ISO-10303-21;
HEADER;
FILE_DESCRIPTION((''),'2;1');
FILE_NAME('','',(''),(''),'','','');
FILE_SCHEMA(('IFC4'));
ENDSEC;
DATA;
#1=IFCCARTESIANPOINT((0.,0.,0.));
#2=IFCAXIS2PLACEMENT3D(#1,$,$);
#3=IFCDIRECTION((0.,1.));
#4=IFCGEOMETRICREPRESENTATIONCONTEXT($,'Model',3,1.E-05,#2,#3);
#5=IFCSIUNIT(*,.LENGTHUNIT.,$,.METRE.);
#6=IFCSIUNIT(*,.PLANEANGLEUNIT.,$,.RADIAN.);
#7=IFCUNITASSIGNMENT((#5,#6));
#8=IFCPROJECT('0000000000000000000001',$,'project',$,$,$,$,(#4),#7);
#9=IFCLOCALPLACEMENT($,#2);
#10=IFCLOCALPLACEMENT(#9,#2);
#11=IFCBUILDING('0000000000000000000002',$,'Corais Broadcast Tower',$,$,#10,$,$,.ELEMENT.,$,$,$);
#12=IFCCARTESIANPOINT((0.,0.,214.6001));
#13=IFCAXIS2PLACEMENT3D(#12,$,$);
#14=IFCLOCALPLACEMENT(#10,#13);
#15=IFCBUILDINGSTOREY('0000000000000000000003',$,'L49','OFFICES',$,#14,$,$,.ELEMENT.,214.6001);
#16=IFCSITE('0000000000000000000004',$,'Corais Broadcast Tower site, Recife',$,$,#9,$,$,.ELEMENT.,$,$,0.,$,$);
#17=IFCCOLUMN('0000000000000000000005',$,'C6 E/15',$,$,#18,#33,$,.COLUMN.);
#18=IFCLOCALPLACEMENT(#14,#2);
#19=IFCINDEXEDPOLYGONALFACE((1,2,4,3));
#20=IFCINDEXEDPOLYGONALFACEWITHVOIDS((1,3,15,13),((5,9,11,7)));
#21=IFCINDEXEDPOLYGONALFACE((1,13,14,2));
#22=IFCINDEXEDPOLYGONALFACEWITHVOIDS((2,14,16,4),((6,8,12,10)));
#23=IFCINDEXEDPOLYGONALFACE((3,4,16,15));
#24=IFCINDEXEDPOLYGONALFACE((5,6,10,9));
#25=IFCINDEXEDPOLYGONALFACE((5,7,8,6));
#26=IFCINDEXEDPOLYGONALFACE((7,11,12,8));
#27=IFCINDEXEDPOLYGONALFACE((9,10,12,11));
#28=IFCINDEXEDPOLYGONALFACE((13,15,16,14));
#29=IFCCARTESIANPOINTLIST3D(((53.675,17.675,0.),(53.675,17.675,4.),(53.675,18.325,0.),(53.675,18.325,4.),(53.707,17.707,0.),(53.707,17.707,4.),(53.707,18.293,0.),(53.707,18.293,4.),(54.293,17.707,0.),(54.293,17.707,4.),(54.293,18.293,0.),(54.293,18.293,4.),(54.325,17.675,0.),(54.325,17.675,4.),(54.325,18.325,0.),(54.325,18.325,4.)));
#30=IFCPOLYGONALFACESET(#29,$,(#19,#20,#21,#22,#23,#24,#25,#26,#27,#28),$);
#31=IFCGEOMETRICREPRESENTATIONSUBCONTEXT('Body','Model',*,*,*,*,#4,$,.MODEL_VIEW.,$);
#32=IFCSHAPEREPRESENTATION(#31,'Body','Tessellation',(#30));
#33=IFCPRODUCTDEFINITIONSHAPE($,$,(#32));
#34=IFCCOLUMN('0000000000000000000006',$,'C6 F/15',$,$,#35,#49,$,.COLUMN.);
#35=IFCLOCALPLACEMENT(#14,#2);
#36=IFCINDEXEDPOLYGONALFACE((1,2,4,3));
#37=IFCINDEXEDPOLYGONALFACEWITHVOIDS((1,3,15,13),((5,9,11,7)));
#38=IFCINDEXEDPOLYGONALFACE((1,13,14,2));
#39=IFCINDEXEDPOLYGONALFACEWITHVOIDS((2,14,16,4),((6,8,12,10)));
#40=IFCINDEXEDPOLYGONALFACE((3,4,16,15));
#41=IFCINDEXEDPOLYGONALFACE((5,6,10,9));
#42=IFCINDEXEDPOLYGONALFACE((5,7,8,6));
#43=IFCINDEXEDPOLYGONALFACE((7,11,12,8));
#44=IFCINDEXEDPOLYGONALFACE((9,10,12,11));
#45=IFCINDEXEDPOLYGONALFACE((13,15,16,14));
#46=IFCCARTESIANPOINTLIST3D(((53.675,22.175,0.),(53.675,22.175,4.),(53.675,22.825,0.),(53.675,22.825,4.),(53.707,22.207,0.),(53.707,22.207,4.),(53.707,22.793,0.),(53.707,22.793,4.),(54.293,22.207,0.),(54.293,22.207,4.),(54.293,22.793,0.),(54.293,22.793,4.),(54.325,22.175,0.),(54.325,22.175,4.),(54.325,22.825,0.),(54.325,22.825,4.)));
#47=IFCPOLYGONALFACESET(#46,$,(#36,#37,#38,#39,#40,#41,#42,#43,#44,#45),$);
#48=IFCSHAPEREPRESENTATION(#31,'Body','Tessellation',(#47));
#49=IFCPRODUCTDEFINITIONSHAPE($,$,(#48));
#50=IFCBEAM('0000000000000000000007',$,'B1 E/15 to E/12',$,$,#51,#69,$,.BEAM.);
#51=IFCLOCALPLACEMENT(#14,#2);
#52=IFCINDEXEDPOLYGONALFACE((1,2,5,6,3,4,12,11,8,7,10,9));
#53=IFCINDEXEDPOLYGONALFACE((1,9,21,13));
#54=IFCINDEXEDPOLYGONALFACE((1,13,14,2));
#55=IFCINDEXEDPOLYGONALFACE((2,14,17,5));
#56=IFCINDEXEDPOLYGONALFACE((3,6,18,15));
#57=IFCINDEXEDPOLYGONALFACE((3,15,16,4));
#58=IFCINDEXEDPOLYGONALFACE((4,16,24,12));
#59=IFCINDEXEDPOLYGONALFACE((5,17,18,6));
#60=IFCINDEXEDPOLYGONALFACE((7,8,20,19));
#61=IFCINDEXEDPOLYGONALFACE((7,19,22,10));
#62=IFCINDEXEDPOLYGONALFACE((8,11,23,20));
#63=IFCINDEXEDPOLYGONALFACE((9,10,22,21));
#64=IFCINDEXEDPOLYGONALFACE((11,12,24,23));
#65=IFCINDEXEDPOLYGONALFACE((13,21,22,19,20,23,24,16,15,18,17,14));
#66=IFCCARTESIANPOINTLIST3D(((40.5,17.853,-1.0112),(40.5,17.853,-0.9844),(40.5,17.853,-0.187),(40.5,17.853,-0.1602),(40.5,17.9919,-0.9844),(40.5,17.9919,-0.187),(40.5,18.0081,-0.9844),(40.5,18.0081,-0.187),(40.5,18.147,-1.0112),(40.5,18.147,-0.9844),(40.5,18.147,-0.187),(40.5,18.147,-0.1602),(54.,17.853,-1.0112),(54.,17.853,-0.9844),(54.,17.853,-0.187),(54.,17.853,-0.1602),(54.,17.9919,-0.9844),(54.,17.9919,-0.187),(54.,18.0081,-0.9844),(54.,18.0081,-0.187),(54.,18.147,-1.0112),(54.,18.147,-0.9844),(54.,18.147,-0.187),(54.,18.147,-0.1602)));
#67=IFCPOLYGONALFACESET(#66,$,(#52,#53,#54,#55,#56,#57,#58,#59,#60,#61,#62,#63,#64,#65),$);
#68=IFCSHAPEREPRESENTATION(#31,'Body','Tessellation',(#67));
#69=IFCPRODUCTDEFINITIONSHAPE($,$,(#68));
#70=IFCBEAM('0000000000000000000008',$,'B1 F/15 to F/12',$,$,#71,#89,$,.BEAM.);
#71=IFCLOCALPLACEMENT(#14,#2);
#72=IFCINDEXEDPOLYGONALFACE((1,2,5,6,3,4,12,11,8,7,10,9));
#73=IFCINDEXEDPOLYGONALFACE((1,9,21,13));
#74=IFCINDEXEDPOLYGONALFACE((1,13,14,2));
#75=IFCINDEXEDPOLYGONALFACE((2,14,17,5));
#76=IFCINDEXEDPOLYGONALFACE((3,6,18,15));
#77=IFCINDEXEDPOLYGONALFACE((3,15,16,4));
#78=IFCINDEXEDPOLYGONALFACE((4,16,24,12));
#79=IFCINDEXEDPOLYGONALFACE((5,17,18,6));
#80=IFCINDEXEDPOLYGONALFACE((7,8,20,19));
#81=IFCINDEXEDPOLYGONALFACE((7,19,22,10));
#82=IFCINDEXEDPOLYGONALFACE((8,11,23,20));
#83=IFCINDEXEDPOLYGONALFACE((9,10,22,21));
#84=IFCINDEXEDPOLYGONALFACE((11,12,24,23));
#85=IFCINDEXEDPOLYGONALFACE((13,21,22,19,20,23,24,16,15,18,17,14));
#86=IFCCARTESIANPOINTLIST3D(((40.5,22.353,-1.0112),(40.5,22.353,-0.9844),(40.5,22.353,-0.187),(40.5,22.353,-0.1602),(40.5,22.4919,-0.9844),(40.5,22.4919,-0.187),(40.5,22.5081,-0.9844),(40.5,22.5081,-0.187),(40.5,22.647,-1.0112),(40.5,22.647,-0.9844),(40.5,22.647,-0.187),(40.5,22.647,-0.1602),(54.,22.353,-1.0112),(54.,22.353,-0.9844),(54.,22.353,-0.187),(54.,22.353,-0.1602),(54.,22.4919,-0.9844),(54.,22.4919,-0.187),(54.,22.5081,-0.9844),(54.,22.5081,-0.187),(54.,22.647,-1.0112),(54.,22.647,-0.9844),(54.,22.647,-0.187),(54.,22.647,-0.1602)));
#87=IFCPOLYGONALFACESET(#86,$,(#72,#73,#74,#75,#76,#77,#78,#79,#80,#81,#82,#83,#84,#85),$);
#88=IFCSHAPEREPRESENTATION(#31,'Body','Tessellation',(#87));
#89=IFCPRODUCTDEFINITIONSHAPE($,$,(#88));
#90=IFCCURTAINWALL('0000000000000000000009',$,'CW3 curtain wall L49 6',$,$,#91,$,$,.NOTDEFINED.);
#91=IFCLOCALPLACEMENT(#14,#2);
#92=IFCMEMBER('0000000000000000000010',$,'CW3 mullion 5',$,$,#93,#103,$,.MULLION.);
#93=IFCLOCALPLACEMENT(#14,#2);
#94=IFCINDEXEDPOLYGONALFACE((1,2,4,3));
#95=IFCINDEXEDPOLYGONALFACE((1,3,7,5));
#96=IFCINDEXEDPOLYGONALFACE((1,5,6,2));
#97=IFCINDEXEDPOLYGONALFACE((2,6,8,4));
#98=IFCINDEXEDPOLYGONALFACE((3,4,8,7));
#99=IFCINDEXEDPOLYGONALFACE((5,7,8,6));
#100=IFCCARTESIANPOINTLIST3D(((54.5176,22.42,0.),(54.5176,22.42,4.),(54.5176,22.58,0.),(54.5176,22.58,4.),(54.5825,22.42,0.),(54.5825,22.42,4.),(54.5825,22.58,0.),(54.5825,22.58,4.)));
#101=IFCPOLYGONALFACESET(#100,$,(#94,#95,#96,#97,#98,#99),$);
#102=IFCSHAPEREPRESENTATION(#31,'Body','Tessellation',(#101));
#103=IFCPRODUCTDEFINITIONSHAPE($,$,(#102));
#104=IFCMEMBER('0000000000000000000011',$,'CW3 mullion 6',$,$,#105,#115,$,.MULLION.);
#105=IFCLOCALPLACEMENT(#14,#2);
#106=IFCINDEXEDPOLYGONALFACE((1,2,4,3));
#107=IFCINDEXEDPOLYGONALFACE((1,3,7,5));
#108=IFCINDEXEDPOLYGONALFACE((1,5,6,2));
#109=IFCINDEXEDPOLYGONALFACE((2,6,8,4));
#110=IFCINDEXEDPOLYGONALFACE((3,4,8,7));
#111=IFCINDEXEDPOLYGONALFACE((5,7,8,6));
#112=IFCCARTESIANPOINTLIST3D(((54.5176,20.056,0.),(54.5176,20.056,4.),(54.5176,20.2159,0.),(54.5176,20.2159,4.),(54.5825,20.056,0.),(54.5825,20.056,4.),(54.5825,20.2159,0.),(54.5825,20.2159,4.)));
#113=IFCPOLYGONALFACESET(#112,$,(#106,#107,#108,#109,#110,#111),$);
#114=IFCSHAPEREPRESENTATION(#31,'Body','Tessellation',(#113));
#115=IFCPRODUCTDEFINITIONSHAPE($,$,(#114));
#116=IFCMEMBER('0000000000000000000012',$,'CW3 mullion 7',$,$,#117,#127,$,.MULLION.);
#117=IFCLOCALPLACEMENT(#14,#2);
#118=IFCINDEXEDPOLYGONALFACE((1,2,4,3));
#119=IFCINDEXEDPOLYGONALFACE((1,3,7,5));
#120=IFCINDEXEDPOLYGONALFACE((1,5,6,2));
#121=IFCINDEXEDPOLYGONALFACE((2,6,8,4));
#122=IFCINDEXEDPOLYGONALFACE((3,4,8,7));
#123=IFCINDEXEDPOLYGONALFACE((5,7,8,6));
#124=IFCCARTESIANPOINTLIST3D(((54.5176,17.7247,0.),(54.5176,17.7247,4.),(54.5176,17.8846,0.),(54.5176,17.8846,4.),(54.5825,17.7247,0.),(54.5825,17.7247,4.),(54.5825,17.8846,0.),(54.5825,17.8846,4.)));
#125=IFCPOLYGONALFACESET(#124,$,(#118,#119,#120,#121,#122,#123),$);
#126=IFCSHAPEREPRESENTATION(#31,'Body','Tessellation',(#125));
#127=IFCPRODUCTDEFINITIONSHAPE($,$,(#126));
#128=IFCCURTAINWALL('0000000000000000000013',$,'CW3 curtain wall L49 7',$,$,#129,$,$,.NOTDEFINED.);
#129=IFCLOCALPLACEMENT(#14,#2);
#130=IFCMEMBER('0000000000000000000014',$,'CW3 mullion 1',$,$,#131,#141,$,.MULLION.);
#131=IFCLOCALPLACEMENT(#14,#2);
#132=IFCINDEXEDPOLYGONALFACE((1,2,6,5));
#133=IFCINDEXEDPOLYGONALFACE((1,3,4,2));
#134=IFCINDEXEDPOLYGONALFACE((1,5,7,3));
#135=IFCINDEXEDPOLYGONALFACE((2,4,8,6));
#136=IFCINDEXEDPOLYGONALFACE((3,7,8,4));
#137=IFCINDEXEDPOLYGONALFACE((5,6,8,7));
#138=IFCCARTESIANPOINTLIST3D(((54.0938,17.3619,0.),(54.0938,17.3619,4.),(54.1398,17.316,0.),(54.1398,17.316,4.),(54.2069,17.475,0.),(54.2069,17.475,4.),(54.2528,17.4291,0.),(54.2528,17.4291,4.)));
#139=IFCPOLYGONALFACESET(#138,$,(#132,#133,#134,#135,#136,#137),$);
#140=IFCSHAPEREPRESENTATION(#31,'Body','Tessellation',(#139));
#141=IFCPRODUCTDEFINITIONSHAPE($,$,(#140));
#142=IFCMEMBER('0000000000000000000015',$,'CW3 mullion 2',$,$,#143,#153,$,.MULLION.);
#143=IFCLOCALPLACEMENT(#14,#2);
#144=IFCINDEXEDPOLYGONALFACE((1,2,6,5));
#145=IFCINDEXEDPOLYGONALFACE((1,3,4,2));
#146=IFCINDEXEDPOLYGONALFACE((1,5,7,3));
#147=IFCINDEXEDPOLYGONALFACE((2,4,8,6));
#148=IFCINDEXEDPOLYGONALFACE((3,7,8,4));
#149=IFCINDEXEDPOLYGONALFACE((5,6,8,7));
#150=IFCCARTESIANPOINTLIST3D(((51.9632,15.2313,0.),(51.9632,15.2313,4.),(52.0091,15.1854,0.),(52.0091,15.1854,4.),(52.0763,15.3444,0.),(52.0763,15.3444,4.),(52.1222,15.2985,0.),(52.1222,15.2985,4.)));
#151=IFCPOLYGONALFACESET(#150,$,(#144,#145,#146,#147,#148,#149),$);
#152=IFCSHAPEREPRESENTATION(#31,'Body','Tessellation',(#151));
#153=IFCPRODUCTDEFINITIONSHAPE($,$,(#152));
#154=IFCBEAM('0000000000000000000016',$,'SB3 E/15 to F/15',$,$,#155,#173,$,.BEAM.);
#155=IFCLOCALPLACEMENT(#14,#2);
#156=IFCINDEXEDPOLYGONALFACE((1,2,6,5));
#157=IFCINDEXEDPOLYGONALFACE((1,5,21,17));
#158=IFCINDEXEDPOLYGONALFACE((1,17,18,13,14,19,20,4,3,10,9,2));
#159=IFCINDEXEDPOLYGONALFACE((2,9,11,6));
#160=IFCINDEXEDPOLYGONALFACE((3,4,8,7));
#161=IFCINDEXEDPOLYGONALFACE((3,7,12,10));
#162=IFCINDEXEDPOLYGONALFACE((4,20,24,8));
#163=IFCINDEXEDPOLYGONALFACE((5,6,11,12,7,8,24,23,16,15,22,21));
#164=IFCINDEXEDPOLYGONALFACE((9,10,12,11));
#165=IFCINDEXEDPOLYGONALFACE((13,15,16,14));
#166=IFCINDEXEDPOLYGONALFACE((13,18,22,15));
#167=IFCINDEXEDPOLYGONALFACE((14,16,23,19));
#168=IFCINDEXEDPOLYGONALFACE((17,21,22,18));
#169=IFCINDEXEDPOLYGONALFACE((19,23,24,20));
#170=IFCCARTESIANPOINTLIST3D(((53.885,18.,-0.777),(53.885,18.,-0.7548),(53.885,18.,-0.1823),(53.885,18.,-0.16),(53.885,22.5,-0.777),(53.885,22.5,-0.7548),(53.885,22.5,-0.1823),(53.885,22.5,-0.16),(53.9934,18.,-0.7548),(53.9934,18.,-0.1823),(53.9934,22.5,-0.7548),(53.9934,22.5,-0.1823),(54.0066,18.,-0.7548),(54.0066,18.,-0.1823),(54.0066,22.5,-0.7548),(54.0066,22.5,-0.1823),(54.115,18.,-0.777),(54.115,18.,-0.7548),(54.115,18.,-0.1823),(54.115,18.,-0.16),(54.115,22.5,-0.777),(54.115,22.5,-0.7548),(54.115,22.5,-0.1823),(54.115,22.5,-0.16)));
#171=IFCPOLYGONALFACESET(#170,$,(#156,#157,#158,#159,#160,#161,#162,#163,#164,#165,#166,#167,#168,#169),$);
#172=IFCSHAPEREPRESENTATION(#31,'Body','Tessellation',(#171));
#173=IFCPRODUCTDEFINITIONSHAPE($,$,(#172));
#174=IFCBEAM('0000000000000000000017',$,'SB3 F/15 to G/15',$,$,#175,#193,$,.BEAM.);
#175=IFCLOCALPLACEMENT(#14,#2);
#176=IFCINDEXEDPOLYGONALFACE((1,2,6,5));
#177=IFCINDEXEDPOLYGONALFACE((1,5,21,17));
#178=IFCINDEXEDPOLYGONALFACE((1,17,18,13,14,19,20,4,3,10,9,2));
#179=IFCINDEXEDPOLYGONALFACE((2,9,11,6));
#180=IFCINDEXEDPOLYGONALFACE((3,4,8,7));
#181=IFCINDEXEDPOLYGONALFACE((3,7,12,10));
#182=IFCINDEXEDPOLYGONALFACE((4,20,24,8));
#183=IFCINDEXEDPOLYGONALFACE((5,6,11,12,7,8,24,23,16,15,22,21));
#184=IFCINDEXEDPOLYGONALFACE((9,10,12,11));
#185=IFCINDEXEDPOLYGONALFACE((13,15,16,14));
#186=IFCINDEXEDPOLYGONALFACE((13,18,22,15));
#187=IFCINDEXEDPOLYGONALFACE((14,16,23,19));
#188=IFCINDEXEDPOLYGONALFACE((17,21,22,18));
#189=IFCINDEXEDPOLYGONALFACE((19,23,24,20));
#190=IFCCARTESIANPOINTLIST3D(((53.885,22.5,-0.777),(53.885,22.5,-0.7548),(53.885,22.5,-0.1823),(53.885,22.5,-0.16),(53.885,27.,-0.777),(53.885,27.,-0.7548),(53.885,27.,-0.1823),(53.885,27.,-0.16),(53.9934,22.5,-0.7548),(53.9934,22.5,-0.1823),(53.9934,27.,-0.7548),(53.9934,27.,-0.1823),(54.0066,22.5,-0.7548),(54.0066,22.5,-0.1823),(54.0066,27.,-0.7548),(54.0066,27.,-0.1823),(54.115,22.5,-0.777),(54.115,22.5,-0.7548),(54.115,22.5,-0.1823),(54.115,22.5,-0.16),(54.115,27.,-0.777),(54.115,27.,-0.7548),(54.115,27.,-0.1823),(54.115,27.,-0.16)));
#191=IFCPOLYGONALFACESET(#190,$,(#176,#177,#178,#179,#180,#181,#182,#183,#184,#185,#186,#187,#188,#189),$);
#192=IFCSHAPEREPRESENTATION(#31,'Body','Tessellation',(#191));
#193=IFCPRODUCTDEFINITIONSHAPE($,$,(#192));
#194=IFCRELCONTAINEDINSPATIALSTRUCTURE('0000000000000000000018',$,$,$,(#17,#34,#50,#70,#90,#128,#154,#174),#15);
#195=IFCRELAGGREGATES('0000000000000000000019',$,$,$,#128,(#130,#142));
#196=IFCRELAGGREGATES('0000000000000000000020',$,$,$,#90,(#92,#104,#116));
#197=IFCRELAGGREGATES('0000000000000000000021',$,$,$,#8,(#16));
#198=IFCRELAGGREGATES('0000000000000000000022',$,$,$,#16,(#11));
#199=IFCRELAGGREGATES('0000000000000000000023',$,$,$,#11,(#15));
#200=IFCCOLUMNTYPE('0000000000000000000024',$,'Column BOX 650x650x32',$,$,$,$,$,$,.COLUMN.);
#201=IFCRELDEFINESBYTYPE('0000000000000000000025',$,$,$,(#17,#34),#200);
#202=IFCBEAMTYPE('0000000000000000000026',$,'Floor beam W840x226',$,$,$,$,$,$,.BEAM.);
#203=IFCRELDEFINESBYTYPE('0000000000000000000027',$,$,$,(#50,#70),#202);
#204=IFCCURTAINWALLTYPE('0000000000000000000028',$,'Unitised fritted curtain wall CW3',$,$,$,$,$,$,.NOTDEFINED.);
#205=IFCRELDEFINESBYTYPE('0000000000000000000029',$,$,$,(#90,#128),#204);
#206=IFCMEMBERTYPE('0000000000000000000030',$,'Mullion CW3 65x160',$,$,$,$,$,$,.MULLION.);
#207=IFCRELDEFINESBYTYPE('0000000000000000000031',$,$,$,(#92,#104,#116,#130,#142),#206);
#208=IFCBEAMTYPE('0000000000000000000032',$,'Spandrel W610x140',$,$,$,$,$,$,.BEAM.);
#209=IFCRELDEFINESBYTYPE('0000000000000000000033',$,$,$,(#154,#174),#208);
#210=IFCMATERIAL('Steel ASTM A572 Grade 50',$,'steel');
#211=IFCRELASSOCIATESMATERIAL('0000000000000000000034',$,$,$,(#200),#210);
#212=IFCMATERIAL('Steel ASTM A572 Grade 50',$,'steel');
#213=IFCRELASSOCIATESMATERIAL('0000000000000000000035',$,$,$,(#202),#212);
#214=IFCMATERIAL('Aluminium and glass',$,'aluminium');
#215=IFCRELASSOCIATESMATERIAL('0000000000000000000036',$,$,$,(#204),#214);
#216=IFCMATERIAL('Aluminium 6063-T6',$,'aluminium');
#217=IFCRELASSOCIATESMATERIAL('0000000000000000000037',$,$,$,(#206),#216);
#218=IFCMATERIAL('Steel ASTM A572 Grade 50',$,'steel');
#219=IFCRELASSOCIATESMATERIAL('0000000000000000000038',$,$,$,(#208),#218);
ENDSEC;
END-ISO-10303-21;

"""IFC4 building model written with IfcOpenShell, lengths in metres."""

from ifc_helpers import new_model, si_unit, direction, frame, origin, origin_2d, place, context, subcontext, project, spatial, rectangle, hollow_rectangle, i_section, extrude, material, material_profile, profile_set, type_object, element, aggregate, save


model = new_model("IFC4")

# Units and contexts
model_context = context("Model", 3, precision=1e-05, world=origin(), true_north=direction((0.0, 1.0)))
body_context = subcontext(model_context, "Body", "Model", "MODEL_VIEW")
ifc_project = project(units=[si_unit("LENGTHUNIT", "METRE"), si_unit("PLANEANGLEUNIT", "RADIAN")], contexts=[model_context])

# Site, building, storey
site_placement = place(None, origin())
site = spatial("IfcSite", under=ifc_project, at=site_placement, Name="Corais Broadcast Tower site, Recife", CompositionType="ELEMENT", RefElevation=0.0)
building_placement = place(site_placement, origin())
building = spatial("IfcBuilding", under=site, at=building_placement, Name="Corais Broadcast Tower", CompositionType="ELEMENT")
storey_placement = place(building_placement, frame((0.0, 0.0, 214.6001)))
storey = spatial("IfcBuildingStorey", under=building, at=storey_placement, Name="L49", Description="OFFICES", CompositionType="ELEMENT", Elevation=214.6001)

# Columns
ifc_material_1 = material(Name="Steel ASTM A572 Grade 50", Category="steel")
ifc_material_profile_1 = material_profile(ifc_material_1, hollow_rectangle(XDim=0.6499, YDim=0.6499, WallThickness=0.032, at=origin_2d()), Name="BOX 650x650x32")
ifc_profile_set_1 = profile_set([ifc_material_profile_1], Name="Steel ASTM A572 Grade 50")
column_type = type_object("IfcColumnType", Name="Column BOX 650x650x32", PredefinedType="COLUMN", material=ifc_profile_set_1)
for number, where, z_axis, x_axis, name in (
    (1, (54.0, 18.0, 0.0), (0.0, 0.0, 1.0), (1.0, 0.0, 0.0), "C6 E/15"),
    (2, (54.0, 22.5, 0.0), (0.0, 0.0, 1.0), (1.0, 0.0, 0.0), "C6 F/15"),
):
    element("IfcColumn", number, at=place(storey_placement, frame(where, z_axis=z_axis, x_axis=x_axis)), inside=storey, type_object=column_type, Name=name, PredefinedType="COLUMN", context=body_context, shape_type="SweptSolid", body=[
        extrude(hollow_rectangle(XDim=0.6499, YDim=0.6499, WallThickness=0.032, at=origin_2d()), origin(), (0.0, 0.0, 1.0), 4.0),
    ])

# Beams
ifc_material_2 = material(Name="Steel ASTM A572 Grade 50", Category="steel")
ifc_material_profile_2 = material_profile(ifc_material_2, i_section(OverallWidth=0.2939, OverallDepth=0.8511, WebThickness=0.0161, FlangeThickness=0.0269, at=origin_2d()), Name="W840x226")
ifc_profile_set_2 = profile_set([ifc_material_profile_2], Name="Steel ASTM A572 Grade 50")
beam_type_1 = type_object("IfcBeamType", Name="Floor beam W840x226", PredefinedType="BEAM", material=ifc_profile_set_2)
for number, where, z_axis, x_axis, name in (
    (3, (54.0, 18.0, -0.5857), (-1.0, 0.0, 0.0), (0.0, -1.0, 0.0), "B1 E/15 to E/12"),
    (4, (54.0, 22.5, -0.5857), (-1.0, 0.0, 0.0), (0.0, -1.0, 0.0), "B1 F/15 to F/12"),
):
    element("IfcBeam", number, at=place(storey_placement, frame(where, z_axis=z_axis, x_axis=x_axis)), inside=storey, type_object=beam_type_1, Name=name, PredefinedType="BEAM", context=body_context, shape_type="SweptSolid", body=[
        extrude(i_section(OverallWidth=0.2939, OverallDepth=0.8511, WebThickness=0.0161, FlangeThickness=0.0269, at=origin_2d()), origin(), (0.0, 0.0, 1.0), 13.5),
    ])

# Curtain walls, members
ifc_material_3 = material(Name="Aluminium and glass", Category="aluminium")
curtain_wall_type = type_object("IfcCurtainWallType", Name="Unitised fritted curtain wall CW3", PredefinedType="NOTDEFINED", material=ifc_material_3)
curtain_wall_1_placement = place(storey_placement, origin())
curtain_wall_1 = element("IfcCurtainWall", 5, at=curtain_wall_1_placement, inside=storey, type_object=curtain_wall_type, Name="CW3 curtain wall L49 6", PredefinedType="NOTDEFINED")
ifc_material_4 = material(Name="Aluminium 6063-T6", Category="aluminium")
ifc_material_profile_3 = material_profile(ifc_material_4, rectangle(XDim=0.0649, YDim=0.1599, at=origin_2d()), Name="Mullion CW3 65x160")
ifc_profile_set_3 = profile_set([ifc_material_profile_3], Name="Aluminium 6063-T6")
member_type_1 = type_object("IfcMemberType", Name="Mullion CW3 65x160", PredefinedType="MULLION", material=ifc_profile_set_3)
member_1_placement = place(storey_placement, frame((54.55, 22.5, 0.0), z_axis=(0.0, 0.0, 1.0), x_axis=(1.0, 0.0, 0.0)))
member_1 = element("IfcMember", 6, at=member_1_placement, type_object=member_type_1, Name="CW3 mullion 5", PredefinedType="MULLION", context=body_context, shape_type="SweptSolid", body=[
    extrude(rectangle(XDim=0.0649, YDim=0.1599, at=origin_2d()), origin(), (0.0, 0.0, 1.0), 4.0),
])
member_2_placement = place(storey_placement, frame((54.55, 20.136, 0.0), z_axis=(0.0, 0.0, 1.0), x_axis=(1.0, 0.0, 0.0)))
member_2 = element("IfcMember", 7, at=member_2_placement, type_object=member_type_1, Name="CW3 mullion 6", PredefinedType="MULLION", context=body_context, shape_type="SweptSolid", body=[
    extrude(rectangle(XDim=0.0649, YDim=0.1599, at=origin_2d()), origin(), (0.0, 0.0, 1.0), 4.0),
])
member_3_placement = place(storey_placement, frame((54.55, 17.8047, 0.0), z_axis=(0.0, 0.0, 1.0), x_axis=(1.0, 0.0, 0.0)))
member_3 = element("IfcMember", 8, at=member_3_placement, type_object=member_type_1, Name="CW3 mullion 7", PredefinedType="MULLION", context=body_context, shape_type="SweptSolid", body=[
    extrude(rectangle(XDim=0.0649, YDim=0.1599, at=origin_2d()), origin(), (0.0, 0.0, 1.0), 4.0),
])
curtain_wall_2_placement = place(storey_placement, origin())
curtain_wall_2 = element("IfcCurtainWall", 9, at=curtain_wall_2_placement, inside=storey, type_object=curtain_wall_type, Name="CW3 curtain wall L49 7", PredefinedType="NOTDEFINED")
member_4_placement = place(storey_placement, frame((54.1733, 17.3955, 0.0), z_axis=(0.0, 0.0, 1.0), x_axis=(0.707107, -0.707107, 0.0)))
member_4 = element("IfcMember", 10, at=member_4_placement, type_object=member_type_1, Name="CW3 mullion 1", PredefinedType="MULLION", context=body_context, shape_type="SweptSolid", body=[
    extrude(rectangle(XDim=0.0649, YDim=0.1599, at=origin_2d()), origin(), (0.0, 0.0, 1.0), 4.0),
])
member_5_placement = place(storey_placement, frame((52.0427, 15.2649, 0.0), z_axis=(0.0, 0.0, 1.0), x_axis=(0.707107, -0.707107, 0.0)))
member_5 = element("IfcMember", 11, at=member_5_placement, type_object=member_type_1, Name="CW3 mullion 2", PredefinedType="MULLION", context=body_context, shape_type="SweptSolid", body=[
    extrude(rectangle(XDim=0.0649, YDim=0.1599, at=origin_2d()), origin(), (0.0, 0.0, 1.0), 4.0),
])

# Beams
ifc_material_5 = material(Name="Steel ASTM A572 Grade 50", Category="steel")
ifc_material_profile_4 = material_profile(ifc_material_5, i_section(OverallWidth=0.23, OverallDepth=0.6169, WebThickness=0.0132, FlangeThickness=0.0222, at=origin_2d()), Name="W610x140")
ifc_profile_set_4 = profile_set([ifc_material_profile_4], Name="Steel ASTM A572 Grade 50")
beam_type_2 = type_object("IfcBeamType", Name="Spandrel W610x140", PredefinedType="BEAM", material=ifc_profile_set_4)
for number, where, z_axis, x_axis, name in (
    (12, (54.0, 18.0, -0.4685), (0.0, 1.0, 0.0), (-1.0, 0.0, 0.0), "SB3 E/15 to F/15"),
    (13, (54.0, 22.5, -0.4685), (0.0, 1.0, 0.0), (-1.0, 0.0, 0.0), "SB3 F/15 to G/15"),
):
    element("IfcBeam", number, at=place(storey_placement, frame(where, z_axis=z_axis, x_axis=x_axis)), inside=storey, type_object=beam_type_2, Name=name, PredefinedType="BEAM", context=body_context, shape_type="SweptSolid", body=[
        extrude(i_section(OverallWidth=0.23, OverallDepth=0.6169, WebThickness=0.0132, FlangeThickness=0.0222, at=origin_2d()), origin(), (0.0, 0.0, 1.0), 4.5),
    ])

aggregate(curtain_wall_2, [member_4, member_5])
aggregate(curtain_wall_1, [member_1, member_2, member_3])

save(model, "model.ifc")
